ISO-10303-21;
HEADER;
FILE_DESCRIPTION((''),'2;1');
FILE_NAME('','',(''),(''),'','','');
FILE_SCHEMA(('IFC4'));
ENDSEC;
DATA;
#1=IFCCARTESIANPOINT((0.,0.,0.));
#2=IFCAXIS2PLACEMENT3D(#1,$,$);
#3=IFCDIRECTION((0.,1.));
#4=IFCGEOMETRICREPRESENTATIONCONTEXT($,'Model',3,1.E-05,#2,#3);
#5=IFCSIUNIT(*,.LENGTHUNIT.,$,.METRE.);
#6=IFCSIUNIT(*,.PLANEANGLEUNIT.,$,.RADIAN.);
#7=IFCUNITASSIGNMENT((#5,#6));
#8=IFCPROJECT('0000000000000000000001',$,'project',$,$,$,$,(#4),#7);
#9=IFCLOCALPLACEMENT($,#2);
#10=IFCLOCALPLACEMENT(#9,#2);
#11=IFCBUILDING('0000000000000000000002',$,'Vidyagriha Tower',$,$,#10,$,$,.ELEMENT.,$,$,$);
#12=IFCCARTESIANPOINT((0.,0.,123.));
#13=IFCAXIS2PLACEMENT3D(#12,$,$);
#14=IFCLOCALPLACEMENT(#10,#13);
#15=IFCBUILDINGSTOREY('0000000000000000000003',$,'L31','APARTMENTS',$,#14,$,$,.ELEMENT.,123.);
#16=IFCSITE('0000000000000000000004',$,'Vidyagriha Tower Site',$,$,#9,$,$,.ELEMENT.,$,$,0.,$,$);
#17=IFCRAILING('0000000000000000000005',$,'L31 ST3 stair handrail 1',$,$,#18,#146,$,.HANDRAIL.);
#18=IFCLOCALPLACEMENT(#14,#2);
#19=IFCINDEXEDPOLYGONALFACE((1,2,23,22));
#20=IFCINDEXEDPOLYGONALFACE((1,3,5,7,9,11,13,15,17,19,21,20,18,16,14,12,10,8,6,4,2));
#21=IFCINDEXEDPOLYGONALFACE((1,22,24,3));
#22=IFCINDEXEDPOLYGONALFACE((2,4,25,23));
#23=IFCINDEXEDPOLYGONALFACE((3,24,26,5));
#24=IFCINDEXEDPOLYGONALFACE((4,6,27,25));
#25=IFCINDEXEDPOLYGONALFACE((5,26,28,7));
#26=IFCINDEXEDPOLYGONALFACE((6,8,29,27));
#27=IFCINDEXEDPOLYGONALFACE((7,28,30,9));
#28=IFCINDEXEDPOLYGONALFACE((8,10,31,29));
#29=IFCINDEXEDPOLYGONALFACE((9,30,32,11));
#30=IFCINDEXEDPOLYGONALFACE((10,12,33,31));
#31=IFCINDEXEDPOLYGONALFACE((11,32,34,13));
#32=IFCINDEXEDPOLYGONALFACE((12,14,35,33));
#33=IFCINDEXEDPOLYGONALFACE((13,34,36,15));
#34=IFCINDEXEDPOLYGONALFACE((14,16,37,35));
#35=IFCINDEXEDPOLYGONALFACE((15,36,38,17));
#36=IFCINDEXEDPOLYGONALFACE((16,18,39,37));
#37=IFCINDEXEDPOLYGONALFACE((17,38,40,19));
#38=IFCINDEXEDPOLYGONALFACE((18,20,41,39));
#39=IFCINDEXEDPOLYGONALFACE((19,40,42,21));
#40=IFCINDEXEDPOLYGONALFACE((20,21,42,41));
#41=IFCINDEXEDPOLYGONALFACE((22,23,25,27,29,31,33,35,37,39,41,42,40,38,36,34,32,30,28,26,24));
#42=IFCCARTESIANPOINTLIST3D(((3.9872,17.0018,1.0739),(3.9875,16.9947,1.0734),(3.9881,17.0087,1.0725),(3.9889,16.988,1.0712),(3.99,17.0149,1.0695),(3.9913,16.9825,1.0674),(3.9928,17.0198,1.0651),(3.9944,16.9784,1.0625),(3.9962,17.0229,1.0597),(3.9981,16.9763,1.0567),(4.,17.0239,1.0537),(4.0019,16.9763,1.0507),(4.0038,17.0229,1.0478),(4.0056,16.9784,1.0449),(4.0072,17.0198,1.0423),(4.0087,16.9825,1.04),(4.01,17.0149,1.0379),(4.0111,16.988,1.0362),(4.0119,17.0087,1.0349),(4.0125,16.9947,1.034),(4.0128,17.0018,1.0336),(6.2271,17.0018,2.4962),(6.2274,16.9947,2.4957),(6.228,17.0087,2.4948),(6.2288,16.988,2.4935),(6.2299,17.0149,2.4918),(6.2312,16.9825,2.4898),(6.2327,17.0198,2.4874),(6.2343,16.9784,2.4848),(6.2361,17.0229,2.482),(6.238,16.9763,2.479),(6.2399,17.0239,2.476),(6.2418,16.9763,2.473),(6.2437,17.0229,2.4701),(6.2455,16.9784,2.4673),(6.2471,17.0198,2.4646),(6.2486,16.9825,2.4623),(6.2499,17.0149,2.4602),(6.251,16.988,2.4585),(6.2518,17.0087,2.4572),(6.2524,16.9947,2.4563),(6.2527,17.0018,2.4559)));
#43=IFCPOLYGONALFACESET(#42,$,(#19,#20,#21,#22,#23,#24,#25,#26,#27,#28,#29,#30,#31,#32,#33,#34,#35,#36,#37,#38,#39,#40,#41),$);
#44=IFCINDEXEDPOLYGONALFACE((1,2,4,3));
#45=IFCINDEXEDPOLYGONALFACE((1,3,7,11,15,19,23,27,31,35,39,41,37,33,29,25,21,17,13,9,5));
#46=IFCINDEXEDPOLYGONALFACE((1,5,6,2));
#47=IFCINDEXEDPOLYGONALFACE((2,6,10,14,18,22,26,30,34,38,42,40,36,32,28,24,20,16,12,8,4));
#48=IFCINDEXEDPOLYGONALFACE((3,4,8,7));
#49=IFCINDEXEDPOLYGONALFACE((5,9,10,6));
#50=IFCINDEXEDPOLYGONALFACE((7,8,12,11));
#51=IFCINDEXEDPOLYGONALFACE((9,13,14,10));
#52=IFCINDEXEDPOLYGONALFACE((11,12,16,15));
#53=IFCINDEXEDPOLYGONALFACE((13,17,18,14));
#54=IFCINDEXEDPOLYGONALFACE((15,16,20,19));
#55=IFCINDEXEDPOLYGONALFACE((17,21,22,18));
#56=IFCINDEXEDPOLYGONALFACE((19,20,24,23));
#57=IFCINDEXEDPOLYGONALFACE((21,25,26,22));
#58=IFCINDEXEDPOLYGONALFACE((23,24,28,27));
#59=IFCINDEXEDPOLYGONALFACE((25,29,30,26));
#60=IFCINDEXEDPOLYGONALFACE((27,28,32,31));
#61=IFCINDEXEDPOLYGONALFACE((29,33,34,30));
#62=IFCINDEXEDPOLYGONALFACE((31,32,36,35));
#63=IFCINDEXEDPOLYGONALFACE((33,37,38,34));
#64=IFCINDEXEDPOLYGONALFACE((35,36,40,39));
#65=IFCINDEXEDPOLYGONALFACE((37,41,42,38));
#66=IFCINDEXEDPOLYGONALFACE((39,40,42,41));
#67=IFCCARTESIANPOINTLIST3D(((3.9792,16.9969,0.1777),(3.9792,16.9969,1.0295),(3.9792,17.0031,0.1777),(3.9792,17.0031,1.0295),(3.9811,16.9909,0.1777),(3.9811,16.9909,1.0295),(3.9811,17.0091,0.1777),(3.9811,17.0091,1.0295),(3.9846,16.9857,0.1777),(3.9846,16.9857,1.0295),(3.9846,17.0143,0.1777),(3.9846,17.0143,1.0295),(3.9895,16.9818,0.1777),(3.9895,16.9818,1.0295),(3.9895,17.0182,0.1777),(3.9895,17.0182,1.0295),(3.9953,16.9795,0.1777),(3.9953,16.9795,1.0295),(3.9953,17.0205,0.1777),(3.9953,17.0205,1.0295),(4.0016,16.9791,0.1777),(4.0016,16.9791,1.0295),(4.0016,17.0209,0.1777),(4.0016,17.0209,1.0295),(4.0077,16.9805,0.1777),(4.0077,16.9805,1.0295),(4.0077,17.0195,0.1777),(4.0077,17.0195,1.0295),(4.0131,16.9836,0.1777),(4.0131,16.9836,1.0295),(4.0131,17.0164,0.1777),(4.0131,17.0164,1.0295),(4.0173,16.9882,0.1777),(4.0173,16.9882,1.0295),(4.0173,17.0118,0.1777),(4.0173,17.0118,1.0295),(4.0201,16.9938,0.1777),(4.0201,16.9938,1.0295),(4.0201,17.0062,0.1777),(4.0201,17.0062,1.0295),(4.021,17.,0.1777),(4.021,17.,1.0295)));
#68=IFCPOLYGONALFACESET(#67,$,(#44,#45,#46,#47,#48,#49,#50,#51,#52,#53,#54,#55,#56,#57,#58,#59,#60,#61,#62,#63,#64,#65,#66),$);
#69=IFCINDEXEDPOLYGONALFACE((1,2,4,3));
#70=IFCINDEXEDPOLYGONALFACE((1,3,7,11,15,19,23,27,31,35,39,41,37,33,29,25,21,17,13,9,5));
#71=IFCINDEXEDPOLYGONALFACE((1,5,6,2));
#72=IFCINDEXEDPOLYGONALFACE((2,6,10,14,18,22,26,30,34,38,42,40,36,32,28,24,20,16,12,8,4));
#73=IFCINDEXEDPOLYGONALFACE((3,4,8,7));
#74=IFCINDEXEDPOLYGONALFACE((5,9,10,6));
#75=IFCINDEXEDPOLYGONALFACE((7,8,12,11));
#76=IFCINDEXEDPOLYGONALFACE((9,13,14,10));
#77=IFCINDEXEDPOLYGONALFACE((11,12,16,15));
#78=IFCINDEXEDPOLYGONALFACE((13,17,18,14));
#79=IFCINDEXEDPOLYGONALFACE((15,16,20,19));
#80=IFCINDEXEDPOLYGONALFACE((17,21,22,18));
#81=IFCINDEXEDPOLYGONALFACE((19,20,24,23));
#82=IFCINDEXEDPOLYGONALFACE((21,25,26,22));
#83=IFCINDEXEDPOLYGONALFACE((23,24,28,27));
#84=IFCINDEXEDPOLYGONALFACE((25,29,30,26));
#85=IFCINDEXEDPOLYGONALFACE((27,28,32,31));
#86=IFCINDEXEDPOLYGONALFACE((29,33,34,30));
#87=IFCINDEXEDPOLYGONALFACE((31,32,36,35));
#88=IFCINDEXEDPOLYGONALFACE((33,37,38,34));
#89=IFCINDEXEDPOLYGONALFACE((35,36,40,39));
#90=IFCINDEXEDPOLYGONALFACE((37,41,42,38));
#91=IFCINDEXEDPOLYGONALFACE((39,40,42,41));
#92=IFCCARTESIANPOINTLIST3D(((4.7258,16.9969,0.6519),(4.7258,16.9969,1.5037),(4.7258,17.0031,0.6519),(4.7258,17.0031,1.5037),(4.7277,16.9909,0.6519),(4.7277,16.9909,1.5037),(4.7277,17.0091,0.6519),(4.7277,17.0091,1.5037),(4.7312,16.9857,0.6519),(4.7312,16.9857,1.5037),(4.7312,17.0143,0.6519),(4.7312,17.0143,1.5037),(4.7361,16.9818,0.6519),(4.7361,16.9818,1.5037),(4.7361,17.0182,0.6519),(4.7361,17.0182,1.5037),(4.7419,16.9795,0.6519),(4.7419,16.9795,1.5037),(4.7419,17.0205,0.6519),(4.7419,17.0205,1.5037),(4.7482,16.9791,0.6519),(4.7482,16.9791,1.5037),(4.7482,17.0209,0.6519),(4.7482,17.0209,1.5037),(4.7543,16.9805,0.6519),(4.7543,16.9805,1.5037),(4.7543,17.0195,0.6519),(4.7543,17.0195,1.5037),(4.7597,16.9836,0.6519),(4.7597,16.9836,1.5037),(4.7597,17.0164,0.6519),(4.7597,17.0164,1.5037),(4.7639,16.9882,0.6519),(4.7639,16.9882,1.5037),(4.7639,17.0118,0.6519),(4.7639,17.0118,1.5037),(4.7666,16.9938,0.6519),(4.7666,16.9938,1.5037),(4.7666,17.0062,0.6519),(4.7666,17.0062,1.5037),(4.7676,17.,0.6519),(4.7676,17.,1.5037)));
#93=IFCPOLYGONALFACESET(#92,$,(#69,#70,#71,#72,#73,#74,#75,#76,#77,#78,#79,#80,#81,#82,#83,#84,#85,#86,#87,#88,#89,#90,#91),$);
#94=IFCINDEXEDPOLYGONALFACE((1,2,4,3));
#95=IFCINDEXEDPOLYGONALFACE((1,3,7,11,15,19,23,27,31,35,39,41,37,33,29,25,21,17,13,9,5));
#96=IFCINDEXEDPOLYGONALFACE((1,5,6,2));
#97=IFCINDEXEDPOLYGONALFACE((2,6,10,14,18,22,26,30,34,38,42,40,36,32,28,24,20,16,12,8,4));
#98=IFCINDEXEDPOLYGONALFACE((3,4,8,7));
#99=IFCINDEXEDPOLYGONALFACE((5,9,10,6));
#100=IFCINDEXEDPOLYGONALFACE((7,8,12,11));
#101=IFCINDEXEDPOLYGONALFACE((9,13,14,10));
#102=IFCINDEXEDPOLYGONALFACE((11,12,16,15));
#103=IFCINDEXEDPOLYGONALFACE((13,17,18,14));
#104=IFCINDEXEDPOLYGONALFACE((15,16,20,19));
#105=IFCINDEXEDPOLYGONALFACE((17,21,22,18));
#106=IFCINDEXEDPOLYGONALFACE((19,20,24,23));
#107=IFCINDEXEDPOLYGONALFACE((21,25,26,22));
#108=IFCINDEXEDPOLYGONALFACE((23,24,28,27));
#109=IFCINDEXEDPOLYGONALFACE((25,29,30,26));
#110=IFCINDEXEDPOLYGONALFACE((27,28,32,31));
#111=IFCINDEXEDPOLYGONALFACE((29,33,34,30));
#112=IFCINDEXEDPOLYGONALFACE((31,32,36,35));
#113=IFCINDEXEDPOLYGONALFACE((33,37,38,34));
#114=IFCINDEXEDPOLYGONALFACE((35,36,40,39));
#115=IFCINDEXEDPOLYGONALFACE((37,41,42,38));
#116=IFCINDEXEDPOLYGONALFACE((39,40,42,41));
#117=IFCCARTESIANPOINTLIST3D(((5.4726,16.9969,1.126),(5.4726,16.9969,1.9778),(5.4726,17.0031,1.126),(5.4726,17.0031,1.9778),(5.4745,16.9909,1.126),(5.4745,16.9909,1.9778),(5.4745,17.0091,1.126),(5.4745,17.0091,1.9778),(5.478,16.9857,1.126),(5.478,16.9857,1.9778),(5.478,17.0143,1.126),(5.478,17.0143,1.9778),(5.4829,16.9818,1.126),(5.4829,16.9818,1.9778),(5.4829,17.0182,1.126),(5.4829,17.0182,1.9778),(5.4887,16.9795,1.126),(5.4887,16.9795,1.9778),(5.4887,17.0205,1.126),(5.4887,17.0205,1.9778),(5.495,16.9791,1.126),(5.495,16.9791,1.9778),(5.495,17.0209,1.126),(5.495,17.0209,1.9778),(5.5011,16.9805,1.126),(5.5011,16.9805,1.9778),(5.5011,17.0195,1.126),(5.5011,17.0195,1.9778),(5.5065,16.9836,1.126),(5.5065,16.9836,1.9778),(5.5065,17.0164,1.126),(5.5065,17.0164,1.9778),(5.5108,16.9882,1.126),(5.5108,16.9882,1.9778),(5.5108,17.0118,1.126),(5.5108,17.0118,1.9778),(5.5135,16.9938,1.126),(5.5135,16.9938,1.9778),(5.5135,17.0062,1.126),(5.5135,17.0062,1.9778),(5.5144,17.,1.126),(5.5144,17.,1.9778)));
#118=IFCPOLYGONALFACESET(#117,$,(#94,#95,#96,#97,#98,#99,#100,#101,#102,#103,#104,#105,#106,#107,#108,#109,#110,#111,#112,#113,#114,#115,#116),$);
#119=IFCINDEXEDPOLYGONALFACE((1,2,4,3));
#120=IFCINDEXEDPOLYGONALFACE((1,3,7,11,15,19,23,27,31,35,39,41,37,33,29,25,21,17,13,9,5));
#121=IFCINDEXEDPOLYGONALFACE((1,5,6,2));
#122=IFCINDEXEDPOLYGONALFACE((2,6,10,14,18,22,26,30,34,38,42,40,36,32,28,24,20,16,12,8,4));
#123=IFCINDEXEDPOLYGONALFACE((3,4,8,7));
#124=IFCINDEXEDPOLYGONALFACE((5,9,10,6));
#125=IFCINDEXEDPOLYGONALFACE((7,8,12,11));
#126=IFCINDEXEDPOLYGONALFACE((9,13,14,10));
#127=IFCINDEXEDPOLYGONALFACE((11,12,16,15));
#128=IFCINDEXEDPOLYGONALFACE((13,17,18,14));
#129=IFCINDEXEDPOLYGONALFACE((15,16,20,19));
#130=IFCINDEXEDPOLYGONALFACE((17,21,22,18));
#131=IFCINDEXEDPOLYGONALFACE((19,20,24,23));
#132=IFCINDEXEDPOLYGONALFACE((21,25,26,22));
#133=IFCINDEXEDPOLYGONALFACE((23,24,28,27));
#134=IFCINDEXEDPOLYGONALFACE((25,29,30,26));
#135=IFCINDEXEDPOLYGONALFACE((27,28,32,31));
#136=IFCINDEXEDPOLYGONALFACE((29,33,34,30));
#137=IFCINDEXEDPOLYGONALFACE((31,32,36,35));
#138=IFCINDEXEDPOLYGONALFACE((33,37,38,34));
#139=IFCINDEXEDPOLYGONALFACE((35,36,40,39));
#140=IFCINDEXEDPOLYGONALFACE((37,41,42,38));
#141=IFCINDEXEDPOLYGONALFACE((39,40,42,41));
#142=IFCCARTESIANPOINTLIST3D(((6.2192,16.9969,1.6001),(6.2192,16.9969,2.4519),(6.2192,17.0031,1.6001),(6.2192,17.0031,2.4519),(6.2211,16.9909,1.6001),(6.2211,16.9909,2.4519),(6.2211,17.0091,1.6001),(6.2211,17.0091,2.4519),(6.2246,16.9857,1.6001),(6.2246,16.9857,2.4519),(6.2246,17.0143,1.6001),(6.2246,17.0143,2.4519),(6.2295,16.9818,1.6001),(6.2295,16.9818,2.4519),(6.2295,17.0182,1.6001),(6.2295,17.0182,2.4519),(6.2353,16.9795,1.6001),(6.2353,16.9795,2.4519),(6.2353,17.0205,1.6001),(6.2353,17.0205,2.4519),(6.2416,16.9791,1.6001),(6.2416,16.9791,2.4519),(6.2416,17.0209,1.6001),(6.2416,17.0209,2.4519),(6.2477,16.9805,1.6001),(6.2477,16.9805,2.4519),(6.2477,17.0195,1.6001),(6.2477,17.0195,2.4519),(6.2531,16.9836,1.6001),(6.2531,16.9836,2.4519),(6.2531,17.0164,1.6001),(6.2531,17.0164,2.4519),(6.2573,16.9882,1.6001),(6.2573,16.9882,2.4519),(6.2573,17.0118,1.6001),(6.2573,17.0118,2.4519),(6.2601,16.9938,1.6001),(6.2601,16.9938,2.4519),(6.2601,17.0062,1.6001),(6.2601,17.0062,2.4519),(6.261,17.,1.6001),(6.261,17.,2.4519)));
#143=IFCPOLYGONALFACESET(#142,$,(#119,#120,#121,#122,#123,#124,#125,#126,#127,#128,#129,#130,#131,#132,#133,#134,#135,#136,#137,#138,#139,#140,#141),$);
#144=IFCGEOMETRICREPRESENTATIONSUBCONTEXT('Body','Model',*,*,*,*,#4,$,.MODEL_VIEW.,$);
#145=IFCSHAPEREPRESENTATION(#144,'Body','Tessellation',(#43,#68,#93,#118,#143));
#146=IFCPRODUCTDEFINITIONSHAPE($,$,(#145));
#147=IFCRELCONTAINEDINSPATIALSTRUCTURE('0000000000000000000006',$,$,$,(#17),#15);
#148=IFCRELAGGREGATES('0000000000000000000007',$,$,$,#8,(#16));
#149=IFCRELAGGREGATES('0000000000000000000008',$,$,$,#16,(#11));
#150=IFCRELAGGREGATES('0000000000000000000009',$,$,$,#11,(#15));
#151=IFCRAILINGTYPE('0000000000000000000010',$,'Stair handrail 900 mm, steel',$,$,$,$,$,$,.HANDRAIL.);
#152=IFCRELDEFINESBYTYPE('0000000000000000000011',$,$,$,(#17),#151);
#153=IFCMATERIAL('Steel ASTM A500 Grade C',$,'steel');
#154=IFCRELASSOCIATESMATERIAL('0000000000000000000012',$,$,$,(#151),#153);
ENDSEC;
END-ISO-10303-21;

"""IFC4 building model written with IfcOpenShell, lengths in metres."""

from ifc_helpers import new_model, si_unit, direction, frame, origin, origin_2d, place, context, subcontext, project, spatial, circle, extrude, material, type_object, element, save


model = new_model("IFC4")

# Units and contexts
model_context = context("Model", 3, precision=1e-05, world=origin(), true_north=direction((0.0, 1.0)))
body_context = subcontext(model_context, "Body", "Model", "MODEL_VIEW")
ifc_project = project(units=[si_unit("LENGTHUNIT", "METRE"), si_unit("PLANEANGLEUNIT", "RADIAN")], contexts=[model_context])

# Site, building, storey
site_placement = place(None, origin())
site = spatial("IfcSite", under=ifc_project, at=site_placement, Name="Vidyagriha Tower Site", CompositionType="ELEMENT", RefElevation=0.0)
building_placement = place(site_placement, origin())
building = spatial("IfcBuilding", under=site, at=building_placement, Name="Vidyagriha Tower", CompositionType="ELEMENT")
storey_placement = place(building_placement, frame((0.0, 0.0, 123.0)))
storey = spatial("IfcBuildingStorey", under=building, at=storey_placement, Name="L31", Description="APARTMENTS", CompositionType="ELEMENT", Elevation=123.0)

# Railing
ifc_material_1 = material(Name="Steel ASTM A500 Grade C", Category="steel")
railing_type_1 = type_object("IfcRailingType", Name="Stair handrail 900 mm, steel", PredefinedType="HANDRAIL", material=ifc_material_1)
railing_1_placement = place(storey_placement, frame((4.0, 17.0, 0.1777)))
element("IfcRailing", 1, at=railing_1_placement, inside=storey, type_object=railing_type_1, Name="L31 ST3 stair handrail 1", PredefinedType="HANDRAIL", context=body_context, shape_type="SweptSolid", body=[
    extrude(circle(Radius=0.0239, at=origin_2d()), frame((0.0, 0.0, 0.876), z_axis=(0.844188, 0.0, 0.536048), x_axis=(0.0, 1.0, 0.0)), (0.0, 0.0, 1.0), 2.6533),
    extrude(circle(Radius=0.021, at=origin_2d()), origin(), (0.0, 0.0, 1.0), 0.8518),
    extrude(circle(Radius=0.021, at=origin_2d()), frame((0.7466, 0.0, 0.4741)), (0.0, 0.0, 1.0), 0.8518),
    extrude(circle(Radius=0.021, at=origin_2d()), frame((1.4934, 0.0, 0.9482)), (0.0, 0.0, 1.0), 0.8518),
    extrude(circle(Radius=0.021, at=origin_2d()), frame((2.24, 0.0, 1.4224)), (0.0, 0.0, 1.0), 0.8518),
])

save(model, "model.ifc")
